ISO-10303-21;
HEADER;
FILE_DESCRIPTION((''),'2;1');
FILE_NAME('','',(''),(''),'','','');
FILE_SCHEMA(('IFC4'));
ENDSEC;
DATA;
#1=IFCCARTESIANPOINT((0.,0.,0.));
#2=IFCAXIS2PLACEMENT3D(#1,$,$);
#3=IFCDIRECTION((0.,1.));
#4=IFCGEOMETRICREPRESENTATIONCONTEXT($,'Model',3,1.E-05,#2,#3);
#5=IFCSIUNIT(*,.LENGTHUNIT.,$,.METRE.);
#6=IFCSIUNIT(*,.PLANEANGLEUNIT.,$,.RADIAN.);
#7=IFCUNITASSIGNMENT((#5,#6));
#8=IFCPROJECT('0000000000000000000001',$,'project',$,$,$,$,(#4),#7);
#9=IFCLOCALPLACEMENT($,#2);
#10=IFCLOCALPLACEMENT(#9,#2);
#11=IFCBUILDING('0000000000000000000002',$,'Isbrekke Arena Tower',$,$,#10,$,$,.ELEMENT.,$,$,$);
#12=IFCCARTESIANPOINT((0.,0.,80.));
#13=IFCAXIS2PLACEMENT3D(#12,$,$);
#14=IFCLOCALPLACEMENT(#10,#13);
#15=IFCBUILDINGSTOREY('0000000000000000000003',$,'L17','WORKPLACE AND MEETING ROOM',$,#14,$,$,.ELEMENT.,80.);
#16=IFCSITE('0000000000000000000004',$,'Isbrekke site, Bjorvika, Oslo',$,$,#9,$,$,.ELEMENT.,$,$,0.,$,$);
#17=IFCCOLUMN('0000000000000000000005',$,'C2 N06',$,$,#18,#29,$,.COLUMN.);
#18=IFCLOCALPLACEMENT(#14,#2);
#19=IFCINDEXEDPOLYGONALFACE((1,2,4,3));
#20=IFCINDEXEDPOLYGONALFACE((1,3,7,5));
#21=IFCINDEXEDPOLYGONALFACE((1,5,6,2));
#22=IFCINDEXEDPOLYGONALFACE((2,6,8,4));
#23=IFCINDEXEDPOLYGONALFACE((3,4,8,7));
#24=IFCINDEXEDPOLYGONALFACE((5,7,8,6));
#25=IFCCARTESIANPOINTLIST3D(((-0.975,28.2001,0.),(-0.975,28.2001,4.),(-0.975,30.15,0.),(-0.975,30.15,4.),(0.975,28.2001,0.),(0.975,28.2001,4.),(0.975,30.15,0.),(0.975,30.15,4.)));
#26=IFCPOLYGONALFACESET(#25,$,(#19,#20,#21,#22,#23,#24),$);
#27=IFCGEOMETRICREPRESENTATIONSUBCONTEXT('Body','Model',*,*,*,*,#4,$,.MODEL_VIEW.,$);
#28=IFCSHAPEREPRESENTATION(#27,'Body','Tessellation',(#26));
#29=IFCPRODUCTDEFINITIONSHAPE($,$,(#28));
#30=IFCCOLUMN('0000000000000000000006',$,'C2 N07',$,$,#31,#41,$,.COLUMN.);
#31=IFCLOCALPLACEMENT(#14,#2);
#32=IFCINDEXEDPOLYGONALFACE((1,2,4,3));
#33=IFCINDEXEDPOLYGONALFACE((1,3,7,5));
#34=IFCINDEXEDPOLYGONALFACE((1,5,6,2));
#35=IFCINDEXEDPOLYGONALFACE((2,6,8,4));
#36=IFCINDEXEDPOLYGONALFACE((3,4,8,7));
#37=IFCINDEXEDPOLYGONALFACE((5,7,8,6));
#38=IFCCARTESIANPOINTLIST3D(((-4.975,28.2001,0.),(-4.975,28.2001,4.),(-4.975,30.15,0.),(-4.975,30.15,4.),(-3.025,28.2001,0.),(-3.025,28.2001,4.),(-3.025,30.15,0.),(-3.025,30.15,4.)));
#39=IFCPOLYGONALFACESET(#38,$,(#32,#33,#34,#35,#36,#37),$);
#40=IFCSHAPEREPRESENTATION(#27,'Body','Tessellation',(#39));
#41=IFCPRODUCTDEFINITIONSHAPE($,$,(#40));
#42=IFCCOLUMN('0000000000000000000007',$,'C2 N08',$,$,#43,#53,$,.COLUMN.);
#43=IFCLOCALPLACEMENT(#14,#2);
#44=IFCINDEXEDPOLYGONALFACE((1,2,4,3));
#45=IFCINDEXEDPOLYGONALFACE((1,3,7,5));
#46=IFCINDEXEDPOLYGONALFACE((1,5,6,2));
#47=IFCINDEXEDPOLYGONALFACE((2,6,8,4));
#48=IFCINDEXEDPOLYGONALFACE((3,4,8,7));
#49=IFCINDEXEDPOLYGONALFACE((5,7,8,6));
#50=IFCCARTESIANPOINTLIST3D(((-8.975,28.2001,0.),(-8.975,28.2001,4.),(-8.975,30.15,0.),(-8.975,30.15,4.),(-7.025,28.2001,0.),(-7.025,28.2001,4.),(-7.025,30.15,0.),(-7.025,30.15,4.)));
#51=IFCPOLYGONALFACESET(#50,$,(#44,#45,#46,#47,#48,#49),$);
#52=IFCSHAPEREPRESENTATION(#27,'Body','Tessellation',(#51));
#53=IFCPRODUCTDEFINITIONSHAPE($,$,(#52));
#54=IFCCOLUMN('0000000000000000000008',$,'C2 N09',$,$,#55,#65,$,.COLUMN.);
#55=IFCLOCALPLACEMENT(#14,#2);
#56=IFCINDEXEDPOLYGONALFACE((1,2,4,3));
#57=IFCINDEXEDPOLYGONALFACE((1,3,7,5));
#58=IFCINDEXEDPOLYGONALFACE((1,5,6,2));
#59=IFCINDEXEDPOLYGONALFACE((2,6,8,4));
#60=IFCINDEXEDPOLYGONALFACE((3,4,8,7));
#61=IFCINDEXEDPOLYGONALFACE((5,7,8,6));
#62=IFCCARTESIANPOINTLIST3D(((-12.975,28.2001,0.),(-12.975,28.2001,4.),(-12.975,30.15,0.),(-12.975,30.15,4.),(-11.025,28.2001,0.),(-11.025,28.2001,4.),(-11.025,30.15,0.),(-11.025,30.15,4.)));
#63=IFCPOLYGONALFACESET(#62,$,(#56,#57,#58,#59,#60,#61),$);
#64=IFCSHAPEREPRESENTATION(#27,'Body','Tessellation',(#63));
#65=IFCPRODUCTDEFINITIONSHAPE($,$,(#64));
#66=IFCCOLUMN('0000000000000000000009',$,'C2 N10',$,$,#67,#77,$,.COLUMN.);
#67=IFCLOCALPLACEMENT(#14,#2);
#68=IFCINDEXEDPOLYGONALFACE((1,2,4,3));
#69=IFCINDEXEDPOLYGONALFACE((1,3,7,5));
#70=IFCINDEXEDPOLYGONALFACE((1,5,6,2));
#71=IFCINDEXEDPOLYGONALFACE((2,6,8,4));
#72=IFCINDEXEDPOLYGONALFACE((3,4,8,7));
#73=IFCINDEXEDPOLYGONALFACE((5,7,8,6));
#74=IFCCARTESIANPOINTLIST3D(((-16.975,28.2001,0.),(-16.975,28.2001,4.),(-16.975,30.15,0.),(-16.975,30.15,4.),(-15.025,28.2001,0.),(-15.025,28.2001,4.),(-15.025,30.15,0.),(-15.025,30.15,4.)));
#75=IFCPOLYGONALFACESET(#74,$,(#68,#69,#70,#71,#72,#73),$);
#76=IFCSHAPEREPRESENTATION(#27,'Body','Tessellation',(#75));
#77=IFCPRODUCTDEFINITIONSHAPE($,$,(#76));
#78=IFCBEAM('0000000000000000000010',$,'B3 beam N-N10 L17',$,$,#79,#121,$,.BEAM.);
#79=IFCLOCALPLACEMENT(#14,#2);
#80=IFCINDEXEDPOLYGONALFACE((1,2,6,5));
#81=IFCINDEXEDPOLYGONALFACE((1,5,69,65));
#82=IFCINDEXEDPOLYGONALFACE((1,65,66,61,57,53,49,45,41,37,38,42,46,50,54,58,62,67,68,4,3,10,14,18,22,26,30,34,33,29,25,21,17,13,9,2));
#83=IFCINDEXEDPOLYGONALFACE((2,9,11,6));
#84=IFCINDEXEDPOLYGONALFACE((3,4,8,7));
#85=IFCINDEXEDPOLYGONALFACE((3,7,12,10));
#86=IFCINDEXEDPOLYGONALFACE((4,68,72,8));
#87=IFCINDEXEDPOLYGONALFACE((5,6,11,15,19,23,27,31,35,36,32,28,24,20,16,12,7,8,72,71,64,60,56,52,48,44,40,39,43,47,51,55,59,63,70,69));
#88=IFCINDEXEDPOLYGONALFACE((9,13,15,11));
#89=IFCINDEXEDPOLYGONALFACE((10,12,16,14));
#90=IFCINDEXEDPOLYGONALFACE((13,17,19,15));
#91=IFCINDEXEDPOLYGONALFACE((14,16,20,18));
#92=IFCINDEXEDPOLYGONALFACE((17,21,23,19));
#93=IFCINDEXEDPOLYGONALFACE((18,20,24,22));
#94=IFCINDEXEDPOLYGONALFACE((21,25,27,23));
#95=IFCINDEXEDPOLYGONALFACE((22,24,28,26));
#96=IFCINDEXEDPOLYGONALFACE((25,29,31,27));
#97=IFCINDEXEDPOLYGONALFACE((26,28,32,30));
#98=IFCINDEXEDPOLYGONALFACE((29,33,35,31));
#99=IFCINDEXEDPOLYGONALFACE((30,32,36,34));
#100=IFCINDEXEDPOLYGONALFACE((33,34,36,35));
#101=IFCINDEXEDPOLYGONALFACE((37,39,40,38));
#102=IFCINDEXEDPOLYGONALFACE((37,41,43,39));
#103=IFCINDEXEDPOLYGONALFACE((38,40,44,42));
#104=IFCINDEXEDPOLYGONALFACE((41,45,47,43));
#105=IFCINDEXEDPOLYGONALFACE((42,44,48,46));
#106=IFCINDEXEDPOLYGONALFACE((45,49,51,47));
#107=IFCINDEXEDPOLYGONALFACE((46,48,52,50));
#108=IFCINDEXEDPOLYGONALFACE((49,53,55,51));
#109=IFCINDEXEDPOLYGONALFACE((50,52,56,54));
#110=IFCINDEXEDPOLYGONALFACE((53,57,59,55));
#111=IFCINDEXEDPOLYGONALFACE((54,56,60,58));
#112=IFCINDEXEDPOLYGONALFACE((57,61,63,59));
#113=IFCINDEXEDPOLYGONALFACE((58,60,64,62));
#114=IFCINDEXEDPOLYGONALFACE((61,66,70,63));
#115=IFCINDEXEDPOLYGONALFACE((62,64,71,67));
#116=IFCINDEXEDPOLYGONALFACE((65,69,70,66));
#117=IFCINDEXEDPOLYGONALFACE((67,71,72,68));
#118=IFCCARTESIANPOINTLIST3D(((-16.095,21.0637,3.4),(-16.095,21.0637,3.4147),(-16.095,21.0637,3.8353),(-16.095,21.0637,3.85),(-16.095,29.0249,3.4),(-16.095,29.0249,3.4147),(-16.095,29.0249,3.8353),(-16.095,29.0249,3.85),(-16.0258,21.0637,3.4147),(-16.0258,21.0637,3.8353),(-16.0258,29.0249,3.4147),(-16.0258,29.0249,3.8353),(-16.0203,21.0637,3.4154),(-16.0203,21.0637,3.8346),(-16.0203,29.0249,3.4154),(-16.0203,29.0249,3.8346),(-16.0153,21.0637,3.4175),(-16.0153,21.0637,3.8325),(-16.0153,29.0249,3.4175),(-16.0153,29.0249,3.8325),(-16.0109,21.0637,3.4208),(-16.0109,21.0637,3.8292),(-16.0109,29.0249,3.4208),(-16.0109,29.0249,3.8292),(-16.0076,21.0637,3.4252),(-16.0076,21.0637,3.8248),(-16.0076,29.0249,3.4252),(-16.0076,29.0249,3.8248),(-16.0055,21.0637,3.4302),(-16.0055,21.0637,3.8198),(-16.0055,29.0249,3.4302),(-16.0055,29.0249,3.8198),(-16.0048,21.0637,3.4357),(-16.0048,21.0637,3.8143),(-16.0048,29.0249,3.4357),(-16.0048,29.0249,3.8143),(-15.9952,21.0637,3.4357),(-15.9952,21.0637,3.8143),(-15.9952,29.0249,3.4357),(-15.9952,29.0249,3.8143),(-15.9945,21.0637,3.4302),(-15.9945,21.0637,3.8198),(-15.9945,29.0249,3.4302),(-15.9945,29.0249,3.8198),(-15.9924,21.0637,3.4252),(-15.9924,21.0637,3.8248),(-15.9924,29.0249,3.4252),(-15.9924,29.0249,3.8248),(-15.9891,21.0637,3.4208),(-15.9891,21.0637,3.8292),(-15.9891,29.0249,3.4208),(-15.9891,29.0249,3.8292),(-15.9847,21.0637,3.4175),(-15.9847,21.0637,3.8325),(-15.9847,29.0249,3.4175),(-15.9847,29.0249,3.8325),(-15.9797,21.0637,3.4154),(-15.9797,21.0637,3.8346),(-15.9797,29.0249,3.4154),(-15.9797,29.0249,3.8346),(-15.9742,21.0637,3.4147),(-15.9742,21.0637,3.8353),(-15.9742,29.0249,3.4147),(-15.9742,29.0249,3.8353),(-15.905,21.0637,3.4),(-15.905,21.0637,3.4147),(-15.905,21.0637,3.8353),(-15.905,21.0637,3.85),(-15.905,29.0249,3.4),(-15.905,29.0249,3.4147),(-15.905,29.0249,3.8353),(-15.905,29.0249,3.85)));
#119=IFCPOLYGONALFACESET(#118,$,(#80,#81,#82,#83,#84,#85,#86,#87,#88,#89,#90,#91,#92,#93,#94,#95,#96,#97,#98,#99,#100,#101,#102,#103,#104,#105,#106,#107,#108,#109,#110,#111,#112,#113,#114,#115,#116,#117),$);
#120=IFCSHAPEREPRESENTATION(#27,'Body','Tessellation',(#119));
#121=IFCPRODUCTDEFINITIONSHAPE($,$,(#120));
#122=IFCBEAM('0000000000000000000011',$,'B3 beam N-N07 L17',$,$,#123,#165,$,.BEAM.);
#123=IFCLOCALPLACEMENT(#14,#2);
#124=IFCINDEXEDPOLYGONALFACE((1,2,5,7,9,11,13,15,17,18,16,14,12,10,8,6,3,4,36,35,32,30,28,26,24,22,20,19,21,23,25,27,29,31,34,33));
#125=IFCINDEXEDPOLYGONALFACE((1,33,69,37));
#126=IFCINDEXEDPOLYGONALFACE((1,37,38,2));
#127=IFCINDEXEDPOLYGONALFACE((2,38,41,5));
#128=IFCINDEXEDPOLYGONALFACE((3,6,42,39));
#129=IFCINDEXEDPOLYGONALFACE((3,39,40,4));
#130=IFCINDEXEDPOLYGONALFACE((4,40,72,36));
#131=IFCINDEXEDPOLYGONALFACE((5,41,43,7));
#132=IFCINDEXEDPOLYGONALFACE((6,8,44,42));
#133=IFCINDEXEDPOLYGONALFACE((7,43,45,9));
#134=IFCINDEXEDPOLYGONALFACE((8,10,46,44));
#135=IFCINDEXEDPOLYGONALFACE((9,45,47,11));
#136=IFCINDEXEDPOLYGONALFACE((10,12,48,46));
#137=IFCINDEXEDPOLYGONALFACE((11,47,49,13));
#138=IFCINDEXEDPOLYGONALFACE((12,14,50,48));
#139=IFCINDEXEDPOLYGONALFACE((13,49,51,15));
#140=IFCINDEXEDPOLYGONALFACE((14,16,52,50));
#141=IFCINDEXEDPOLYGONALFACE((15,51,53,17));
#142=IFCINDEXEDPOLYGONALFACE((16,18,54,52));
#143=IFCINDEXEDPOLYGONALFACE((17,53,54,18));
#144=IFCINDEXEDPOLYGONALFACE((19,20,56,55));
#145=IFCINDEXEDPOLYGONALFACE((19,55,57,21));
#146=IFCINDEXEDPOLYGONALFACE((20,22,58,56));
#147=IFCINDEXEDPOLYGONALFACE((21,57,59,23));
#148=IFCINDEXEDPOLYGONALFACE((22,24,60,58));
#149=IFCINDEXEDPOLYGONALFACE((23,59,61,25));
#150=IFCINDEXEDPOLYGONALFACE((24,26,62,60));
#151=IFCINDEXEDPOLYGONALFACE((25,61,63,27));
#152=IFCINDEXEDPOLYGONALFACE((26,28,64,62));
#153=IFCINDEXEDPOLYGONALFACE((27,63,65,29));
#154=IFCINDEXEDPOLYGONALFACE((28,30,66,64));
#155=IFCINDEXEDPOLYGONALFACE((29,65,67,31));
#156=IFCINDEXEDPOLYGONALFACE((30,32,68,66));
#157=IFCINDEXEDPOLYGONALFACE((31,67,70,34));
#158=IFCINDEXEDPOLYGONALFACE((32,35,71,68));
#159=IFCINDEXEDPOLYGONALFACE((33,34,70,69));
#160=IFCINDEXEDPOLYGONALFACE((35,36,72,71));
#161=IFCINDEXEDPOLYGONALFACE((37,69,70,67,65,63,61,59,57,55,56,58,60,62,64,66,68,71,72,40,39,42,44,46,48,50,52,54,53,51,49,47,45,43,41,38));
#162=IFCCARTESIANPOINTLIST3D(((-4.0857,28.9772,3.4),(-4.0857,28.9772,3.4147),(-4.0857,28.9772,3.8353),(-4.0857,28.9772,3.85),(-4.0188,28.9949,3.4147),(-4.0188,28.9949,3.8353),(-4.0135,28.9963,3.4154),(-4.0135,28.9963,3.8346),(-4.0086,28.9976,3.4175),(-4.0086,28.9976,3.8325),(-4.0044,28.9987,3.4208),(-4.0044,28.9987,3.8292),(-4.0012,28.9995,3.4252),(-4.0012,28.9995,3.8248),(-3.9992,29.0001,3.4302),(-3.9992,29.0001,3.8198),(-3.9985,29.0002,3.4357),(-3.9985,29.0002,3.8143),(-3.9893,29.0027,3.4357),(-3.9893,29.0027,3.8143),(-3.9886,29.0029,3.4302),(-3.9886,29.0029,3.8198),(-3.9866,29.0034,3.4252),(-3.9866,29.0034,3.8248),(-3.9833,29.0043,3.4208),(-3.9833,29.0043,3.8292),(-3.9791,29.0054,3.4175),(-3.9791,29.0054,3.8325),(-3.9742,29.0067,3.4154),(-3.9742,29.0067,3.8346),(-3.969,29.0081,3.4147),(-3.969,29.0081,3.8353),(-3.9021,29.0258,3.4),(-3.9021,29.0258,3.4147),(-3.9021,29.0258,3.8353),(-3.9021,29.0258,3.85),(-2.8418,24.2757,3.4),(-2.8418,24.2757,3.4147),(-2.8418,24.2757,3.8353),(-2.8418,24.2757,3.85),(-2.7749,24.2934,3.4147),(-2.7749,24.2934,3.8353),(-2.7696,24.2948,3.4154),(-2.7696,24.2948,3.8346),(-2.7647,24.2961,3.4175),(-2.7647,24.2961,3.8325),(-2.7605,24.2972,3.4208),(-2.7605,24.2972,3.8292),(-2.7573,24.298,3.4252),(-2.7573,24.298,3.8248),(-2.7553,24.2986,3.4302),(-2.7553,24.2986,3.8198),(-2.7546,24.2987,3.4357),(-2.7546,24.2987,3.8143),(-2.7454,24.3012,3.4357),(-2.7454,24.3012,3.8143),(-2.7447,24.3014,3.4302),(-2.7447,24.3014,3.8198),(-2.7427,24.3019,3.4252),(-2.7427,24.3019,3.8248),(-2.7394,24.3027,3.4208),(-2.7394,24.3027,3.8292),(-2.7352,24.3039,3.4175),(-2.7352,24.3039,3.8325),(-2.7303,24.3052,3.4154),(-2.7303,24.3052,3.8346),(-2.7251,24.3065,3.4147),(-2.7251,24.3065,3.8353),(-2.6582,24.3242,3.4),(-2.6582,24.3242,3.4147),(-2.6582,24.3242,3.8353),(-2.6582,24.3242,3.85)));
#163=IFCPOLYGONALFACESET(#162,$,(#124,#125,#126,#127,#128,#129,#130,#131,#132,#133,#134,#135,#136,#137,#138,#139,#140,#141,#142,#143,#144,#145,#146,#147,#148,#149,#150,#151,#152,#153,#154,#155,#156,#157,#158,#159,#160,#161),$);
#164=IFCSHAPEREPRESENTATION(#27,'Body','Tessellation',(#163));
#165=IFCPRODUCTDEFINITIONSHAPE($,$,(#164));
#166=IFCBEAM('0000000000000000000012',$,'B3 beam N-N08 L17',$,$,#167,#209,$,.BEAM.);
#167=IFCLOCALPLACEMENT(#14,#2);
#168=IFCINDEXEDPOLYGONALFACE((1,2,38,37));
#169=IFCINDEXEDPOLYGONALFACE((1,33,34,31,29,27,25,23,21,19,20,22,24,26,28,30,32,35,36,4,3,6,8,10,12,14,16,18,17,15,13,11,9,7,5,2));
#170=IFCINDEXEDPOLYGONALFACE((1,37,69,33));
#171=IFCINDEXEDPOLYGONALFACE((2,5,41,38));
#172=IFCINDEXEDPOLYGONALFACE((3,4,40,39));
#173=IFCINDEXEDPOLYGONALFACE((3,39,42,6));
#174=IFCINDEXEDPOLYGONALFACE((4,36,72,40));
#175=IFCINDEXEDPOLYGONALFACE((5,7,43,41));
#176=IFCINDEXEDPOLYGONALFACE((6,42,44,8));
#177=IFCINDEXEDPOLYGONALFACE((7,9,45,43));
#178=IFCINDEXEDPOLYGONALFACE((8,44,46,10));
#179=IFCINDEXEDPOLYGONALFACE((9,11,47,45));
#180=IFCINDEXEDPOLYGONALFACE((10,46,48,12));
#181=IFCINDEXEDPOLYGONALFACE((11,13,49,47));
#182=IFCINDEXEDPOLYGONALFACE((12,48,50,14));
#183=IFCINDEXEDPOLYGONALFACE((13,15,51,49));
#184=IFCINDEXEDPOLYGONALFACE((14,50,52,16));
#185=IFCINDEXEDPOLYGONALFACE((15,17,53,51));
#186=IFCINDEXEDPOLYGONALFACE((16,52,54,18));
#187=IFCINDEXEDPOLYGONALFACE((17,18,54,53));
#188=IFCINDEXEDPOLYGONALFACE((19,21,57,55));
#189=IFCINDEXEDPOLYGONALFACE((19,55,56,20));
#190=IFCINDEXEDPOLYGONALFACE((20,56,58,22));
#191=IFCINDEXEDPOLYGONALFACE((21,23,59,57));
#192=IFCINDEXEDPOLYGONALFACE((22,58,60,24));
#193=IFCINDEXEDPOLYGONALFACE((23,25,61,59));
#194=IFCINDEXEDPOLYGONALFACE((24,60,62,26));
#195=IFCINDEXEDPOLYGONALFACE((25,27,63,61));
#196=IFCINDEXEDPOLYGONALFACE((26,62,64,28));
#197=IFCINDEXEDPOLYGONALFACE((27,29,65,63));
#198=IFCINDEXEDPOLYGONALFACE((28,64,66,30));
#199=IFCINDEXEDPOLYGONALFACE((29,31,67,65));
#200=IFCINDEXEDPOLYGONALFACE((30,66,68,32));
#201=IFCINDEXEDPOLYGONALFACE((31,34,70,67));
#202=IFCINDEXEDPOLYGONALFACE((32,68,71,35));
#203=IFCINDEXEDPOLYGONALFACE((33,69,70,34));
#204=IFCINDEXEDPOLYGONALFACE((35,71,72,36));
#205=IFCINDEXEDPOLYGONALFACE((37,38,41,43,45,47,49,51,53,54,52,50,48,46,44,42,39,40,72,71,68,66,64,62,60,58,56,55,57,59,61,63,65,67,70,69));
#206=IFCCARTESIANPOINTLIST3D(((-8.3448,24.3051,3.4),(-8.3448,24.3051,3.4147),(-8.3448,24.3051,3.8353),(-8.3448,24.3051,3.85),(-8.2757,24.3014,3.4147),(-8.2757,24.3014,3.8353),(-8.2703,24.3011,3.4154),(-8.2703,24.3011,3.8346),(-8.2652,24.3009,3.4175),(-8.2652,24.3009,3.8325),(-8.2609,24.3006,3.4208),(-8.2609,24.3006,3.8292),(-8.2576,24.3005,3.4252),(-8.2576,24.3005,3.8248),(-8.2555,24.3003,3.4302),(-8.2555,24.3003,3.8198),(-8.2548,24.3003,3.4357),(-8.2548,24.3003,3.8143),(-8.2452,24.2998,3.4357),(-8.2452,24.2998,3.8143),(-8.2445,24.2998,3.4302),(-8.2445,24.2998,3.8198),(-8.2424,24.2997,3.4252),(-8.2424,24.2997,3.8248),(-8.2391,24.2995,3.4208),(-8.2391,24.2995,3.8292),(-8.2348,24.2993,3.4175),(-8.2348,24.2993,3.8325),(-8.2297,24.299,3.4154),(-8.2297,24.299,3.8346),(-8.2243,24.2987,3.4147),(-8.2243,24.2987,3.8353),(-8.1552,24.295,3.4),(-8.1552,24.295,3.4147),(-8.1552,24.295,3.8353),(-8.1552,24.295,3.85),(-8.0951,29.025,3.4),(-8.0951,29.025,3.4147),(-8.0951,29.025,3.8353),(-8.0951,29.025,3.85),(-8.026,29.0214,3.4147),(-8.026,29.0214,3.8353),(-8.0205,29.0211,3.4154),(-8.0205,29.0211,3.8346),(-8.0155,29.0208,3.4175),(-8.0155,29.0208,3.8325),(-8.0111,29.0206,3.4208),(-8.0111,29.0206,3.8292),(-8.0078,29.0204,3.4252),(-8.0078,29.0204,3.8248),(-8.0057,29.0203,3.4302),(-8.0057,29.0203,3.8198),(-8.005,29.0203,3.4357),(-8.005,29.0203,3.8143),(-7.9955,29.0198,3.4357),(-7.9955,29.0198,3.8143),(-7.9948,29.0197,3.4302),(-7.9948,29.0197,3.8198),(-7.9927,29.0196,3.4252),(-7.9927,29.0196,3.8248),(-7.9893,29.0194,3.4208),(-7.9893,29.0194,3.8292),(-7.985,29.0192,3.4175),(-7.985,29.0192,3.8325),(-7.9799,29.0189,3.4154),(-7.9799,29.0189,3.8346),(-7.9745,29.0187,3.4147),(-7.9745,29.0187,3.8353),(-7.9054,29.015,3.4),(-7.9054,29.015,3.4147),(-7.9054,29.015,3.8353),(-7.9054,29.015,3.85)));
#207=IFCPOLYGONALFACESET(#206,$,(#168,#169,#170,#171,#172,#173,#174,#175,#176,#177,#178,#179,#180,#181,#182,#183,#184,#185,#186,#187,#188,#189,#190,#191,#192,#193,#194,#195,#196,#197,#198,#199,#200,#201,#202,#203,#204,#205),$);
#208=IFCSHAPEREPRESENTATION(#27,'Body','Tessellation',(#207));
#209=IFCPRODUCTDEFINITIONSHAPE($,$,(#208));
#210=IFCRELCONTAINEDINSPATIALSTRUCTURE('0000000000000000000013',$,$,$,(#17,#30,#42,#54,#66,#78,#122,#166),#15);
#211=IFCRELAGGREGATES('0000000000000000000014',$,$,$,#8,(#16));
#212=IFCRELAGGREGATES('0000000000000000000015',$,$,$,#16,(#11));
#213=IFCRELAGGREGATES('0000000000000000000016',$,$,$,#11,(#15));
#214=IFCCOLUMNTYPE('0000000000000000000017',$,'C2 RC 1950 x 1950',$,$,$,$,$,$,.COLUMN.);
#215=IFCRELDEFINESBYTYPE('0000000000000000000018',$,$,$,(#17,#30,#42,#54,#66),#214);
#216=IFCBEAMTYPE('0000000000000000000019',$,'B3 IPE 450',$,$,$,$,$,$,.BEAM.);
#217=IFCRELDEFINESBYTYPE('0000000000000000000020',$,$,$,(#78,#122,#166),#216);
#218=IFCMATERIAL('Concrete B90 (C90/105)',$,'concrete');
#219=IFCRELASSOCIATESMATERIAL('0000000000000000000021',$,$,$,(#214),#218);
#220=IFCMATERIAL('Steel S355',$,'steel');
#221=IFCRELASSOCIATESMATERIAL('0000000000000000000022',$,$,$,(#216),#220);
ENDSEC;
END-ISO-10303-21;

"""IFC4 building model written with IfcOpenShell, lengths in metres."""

from ifc_helpers import new_model, si_unit, direction, frame, origin, origin_2d, place, context, subcontext, project, spatial, rectangle, i_section, extrude, material, material_profile, profile_set, type_object, element, save


model = new_model("IFC4")

# Units and contexts
model_context = context("Model", 3, precision=1e-05, world=origin(), true_north=direction((0.0, 1.0)))
body_context = subcontext(model_context, "Body", "Model", "MODEL_VIEW")
ifc_project = project(units=[si_unit("LENGTHUNIT", "METRE"), si_unit("PLANEANGLEUNIT", "RADIAN")], contexts=[model_context])

# Site, building, storey
site_placement = place(None, origin())
site = spatial("IfcSite", under=ifc_project, at=site_placement, Name="Isbrekke site, Bjorvika, Oslo", CompositionType="ELEMENT", RefElevation=0.0)
building_placement = place(site_placement, origin())
building = spatial("IfcBuilding", under=site, at=building_placement, Name="Isbrekke Arena Tower", CompositionType="ELEMENT")
storey_placement = place(building_placement, frame((0.0, 0.0, 80.0)))
storey = spatial("IfcBuildingStorey", under=building, at=storey_placement, Name="L17", Description="WORKPLACE AND MEETING ROOM", CompositionType="ELEMENT", Elevation=80.0)

# Columns
ifc_material_1 = material(Name="Concrete B90 (C90/105)", Category="concrete")
ifc_material_profile_1 = material_profile(ifc_material_1, rectangle(XDim=1.95, YDim=1.95, at=origin_2d()), Name="RC 1950x1950")
ifc_profile_set_1 = profile_set([ifc_material_profile_1], Name="Concrete B90 (C90/105)")
column_type = type_object("IfcColumnType", Name="C2 RC 1950 x 1950", PredefinedType="COLUMN", material=ifc_profile_set_1)
for number, where, z_axis, x_axis, name in (
    (1, (0.0, 29.175, 0.0), (0.0, 0.0, 1.0), (-1.0, 0.0, 0.0), "C2 N06"),
    (2, (-4.0, 29.175, 0.0), (0.0, 0.0, 1.0), (-1.0, 0.0, 0.0), "C2 N07"),
    (3, (-8.0, 29.175, 0.0), (0.0, 0.0, 1.0), (-1.0, 0.0, 0.0), "C2 N08"),
    (4, (-12.0, 29.175, 0.0), (0.0, 0.0, 1.0), (-1.0, 0.0, 0.0), "C2 N09"),
    (5, (-16.0, 29.175, 0.0), (0.0, 0.0, 1.0), (-1.0, 0.0, 0.0), "C2 N10"),
):
    element("IfcColumn", number, at=place(storey_placement, frame(where, z_axis=z_axis, x_axis=x_axis)), inside=storey, type_object=column_type, Name=name, PredefinedType="COLUMN", context=body_context, shape_type="SweptSolid", body=[
        extrude(rectangle(XDim=1.95, YDim=1.95, at=origin_2d()), origin(), (0.0, 0.0, 1.0), 4.0),
    ])

# Beams
ifc_material_2 = material(Name="Steel S355", Category="steel")
ifc_material_profile_2 = material_profile(ifc_material_2, i_section(OverallWidth=0.1899, OverallDepth=0.45, WebThickness=0.0095, FlangeThickness=0.0146, FilletRadius=0.021, at=origin_2d()), Name="IPE 450")
ifc_profile_set_2 = profile_set([ifc_material_profile_2], Name="Steel S355")
beam_type_1 = type_object("IfcBeamType", Name="B3 IPE 450", PredefinedType="BEAM", material=ifc_profile_set_2)
beam_1_placement = place(storey_placement, frame((-16.0, 29.0249, 3.625), z_axis=(0.0, -1.0, 0.0), x_axis=(1.0, 0.0, 0.0)))
element("IfcBeam", 6, at=beam_1_placement, inside=storey, type_object=beam_type_1, Name="B3 beam N-N10 L17", PredefinedType="BEAM", context=body_context, shape_type="SweptSolid", body=[
    extrude(i_section(OverallWidth=0.1899, OverallDepth=0.45, WebThickness=0.0095, FlangeThickness=0.0146, FilletRadius=0.021, at=origin_2d()), origin(), (0.0, 0.0, 1.0), 7.9612),
])
beam_2_placement = place(storey_placement, frame((-3.9939, 29.0015, 3.625), z_axis=(0.255778, -0.966736, 0.0), x_axis=(0.966736, 0.255778, 0.0)))
element("IfcBeam", 7, at=beam_2_placement, inside=storey, type_object=beam_type_1, Name="B3 beam N-N07 L17", PredefinedType="BEAM", context=body_context, shape_type="SweptSolid", body=[
    extrude(i_section(OverallWidth=0.1899, OverallDepth=0.45, WebThickness=0.0095, FlangeThickness=0.0146, FilletRadius=0.021, at=origin_2d()), origin(), (0.0, 0.0, 1.0), 4.8633),
])
beam_3_placement = place(storey_placement, frame((-8.0002, 29.02, 3.625), z_axis=(-0.052841, -0.998603, 0.0), x_axis=(0.998603, -0.052841, 0.0)))
element("IfcBeam", 8, at=beam_3_placement, inside=storey, type_object=beam_type_1, Name="B3 beam N-N08 L17", PredefinedType="BEAM", context=body_context, shape_type="SweptSolid", body=[
    extrude(i_section(OverallWidth=0.1899, OverallDepth=0.45, WebThickness=0.0095, FlangeThickness=0.0146, FilletRadius=0.021, at=origin_2d()), origin(), (0.0, 0.0, 1.0), 4.7266),
])

save(model, "model.ifc")
